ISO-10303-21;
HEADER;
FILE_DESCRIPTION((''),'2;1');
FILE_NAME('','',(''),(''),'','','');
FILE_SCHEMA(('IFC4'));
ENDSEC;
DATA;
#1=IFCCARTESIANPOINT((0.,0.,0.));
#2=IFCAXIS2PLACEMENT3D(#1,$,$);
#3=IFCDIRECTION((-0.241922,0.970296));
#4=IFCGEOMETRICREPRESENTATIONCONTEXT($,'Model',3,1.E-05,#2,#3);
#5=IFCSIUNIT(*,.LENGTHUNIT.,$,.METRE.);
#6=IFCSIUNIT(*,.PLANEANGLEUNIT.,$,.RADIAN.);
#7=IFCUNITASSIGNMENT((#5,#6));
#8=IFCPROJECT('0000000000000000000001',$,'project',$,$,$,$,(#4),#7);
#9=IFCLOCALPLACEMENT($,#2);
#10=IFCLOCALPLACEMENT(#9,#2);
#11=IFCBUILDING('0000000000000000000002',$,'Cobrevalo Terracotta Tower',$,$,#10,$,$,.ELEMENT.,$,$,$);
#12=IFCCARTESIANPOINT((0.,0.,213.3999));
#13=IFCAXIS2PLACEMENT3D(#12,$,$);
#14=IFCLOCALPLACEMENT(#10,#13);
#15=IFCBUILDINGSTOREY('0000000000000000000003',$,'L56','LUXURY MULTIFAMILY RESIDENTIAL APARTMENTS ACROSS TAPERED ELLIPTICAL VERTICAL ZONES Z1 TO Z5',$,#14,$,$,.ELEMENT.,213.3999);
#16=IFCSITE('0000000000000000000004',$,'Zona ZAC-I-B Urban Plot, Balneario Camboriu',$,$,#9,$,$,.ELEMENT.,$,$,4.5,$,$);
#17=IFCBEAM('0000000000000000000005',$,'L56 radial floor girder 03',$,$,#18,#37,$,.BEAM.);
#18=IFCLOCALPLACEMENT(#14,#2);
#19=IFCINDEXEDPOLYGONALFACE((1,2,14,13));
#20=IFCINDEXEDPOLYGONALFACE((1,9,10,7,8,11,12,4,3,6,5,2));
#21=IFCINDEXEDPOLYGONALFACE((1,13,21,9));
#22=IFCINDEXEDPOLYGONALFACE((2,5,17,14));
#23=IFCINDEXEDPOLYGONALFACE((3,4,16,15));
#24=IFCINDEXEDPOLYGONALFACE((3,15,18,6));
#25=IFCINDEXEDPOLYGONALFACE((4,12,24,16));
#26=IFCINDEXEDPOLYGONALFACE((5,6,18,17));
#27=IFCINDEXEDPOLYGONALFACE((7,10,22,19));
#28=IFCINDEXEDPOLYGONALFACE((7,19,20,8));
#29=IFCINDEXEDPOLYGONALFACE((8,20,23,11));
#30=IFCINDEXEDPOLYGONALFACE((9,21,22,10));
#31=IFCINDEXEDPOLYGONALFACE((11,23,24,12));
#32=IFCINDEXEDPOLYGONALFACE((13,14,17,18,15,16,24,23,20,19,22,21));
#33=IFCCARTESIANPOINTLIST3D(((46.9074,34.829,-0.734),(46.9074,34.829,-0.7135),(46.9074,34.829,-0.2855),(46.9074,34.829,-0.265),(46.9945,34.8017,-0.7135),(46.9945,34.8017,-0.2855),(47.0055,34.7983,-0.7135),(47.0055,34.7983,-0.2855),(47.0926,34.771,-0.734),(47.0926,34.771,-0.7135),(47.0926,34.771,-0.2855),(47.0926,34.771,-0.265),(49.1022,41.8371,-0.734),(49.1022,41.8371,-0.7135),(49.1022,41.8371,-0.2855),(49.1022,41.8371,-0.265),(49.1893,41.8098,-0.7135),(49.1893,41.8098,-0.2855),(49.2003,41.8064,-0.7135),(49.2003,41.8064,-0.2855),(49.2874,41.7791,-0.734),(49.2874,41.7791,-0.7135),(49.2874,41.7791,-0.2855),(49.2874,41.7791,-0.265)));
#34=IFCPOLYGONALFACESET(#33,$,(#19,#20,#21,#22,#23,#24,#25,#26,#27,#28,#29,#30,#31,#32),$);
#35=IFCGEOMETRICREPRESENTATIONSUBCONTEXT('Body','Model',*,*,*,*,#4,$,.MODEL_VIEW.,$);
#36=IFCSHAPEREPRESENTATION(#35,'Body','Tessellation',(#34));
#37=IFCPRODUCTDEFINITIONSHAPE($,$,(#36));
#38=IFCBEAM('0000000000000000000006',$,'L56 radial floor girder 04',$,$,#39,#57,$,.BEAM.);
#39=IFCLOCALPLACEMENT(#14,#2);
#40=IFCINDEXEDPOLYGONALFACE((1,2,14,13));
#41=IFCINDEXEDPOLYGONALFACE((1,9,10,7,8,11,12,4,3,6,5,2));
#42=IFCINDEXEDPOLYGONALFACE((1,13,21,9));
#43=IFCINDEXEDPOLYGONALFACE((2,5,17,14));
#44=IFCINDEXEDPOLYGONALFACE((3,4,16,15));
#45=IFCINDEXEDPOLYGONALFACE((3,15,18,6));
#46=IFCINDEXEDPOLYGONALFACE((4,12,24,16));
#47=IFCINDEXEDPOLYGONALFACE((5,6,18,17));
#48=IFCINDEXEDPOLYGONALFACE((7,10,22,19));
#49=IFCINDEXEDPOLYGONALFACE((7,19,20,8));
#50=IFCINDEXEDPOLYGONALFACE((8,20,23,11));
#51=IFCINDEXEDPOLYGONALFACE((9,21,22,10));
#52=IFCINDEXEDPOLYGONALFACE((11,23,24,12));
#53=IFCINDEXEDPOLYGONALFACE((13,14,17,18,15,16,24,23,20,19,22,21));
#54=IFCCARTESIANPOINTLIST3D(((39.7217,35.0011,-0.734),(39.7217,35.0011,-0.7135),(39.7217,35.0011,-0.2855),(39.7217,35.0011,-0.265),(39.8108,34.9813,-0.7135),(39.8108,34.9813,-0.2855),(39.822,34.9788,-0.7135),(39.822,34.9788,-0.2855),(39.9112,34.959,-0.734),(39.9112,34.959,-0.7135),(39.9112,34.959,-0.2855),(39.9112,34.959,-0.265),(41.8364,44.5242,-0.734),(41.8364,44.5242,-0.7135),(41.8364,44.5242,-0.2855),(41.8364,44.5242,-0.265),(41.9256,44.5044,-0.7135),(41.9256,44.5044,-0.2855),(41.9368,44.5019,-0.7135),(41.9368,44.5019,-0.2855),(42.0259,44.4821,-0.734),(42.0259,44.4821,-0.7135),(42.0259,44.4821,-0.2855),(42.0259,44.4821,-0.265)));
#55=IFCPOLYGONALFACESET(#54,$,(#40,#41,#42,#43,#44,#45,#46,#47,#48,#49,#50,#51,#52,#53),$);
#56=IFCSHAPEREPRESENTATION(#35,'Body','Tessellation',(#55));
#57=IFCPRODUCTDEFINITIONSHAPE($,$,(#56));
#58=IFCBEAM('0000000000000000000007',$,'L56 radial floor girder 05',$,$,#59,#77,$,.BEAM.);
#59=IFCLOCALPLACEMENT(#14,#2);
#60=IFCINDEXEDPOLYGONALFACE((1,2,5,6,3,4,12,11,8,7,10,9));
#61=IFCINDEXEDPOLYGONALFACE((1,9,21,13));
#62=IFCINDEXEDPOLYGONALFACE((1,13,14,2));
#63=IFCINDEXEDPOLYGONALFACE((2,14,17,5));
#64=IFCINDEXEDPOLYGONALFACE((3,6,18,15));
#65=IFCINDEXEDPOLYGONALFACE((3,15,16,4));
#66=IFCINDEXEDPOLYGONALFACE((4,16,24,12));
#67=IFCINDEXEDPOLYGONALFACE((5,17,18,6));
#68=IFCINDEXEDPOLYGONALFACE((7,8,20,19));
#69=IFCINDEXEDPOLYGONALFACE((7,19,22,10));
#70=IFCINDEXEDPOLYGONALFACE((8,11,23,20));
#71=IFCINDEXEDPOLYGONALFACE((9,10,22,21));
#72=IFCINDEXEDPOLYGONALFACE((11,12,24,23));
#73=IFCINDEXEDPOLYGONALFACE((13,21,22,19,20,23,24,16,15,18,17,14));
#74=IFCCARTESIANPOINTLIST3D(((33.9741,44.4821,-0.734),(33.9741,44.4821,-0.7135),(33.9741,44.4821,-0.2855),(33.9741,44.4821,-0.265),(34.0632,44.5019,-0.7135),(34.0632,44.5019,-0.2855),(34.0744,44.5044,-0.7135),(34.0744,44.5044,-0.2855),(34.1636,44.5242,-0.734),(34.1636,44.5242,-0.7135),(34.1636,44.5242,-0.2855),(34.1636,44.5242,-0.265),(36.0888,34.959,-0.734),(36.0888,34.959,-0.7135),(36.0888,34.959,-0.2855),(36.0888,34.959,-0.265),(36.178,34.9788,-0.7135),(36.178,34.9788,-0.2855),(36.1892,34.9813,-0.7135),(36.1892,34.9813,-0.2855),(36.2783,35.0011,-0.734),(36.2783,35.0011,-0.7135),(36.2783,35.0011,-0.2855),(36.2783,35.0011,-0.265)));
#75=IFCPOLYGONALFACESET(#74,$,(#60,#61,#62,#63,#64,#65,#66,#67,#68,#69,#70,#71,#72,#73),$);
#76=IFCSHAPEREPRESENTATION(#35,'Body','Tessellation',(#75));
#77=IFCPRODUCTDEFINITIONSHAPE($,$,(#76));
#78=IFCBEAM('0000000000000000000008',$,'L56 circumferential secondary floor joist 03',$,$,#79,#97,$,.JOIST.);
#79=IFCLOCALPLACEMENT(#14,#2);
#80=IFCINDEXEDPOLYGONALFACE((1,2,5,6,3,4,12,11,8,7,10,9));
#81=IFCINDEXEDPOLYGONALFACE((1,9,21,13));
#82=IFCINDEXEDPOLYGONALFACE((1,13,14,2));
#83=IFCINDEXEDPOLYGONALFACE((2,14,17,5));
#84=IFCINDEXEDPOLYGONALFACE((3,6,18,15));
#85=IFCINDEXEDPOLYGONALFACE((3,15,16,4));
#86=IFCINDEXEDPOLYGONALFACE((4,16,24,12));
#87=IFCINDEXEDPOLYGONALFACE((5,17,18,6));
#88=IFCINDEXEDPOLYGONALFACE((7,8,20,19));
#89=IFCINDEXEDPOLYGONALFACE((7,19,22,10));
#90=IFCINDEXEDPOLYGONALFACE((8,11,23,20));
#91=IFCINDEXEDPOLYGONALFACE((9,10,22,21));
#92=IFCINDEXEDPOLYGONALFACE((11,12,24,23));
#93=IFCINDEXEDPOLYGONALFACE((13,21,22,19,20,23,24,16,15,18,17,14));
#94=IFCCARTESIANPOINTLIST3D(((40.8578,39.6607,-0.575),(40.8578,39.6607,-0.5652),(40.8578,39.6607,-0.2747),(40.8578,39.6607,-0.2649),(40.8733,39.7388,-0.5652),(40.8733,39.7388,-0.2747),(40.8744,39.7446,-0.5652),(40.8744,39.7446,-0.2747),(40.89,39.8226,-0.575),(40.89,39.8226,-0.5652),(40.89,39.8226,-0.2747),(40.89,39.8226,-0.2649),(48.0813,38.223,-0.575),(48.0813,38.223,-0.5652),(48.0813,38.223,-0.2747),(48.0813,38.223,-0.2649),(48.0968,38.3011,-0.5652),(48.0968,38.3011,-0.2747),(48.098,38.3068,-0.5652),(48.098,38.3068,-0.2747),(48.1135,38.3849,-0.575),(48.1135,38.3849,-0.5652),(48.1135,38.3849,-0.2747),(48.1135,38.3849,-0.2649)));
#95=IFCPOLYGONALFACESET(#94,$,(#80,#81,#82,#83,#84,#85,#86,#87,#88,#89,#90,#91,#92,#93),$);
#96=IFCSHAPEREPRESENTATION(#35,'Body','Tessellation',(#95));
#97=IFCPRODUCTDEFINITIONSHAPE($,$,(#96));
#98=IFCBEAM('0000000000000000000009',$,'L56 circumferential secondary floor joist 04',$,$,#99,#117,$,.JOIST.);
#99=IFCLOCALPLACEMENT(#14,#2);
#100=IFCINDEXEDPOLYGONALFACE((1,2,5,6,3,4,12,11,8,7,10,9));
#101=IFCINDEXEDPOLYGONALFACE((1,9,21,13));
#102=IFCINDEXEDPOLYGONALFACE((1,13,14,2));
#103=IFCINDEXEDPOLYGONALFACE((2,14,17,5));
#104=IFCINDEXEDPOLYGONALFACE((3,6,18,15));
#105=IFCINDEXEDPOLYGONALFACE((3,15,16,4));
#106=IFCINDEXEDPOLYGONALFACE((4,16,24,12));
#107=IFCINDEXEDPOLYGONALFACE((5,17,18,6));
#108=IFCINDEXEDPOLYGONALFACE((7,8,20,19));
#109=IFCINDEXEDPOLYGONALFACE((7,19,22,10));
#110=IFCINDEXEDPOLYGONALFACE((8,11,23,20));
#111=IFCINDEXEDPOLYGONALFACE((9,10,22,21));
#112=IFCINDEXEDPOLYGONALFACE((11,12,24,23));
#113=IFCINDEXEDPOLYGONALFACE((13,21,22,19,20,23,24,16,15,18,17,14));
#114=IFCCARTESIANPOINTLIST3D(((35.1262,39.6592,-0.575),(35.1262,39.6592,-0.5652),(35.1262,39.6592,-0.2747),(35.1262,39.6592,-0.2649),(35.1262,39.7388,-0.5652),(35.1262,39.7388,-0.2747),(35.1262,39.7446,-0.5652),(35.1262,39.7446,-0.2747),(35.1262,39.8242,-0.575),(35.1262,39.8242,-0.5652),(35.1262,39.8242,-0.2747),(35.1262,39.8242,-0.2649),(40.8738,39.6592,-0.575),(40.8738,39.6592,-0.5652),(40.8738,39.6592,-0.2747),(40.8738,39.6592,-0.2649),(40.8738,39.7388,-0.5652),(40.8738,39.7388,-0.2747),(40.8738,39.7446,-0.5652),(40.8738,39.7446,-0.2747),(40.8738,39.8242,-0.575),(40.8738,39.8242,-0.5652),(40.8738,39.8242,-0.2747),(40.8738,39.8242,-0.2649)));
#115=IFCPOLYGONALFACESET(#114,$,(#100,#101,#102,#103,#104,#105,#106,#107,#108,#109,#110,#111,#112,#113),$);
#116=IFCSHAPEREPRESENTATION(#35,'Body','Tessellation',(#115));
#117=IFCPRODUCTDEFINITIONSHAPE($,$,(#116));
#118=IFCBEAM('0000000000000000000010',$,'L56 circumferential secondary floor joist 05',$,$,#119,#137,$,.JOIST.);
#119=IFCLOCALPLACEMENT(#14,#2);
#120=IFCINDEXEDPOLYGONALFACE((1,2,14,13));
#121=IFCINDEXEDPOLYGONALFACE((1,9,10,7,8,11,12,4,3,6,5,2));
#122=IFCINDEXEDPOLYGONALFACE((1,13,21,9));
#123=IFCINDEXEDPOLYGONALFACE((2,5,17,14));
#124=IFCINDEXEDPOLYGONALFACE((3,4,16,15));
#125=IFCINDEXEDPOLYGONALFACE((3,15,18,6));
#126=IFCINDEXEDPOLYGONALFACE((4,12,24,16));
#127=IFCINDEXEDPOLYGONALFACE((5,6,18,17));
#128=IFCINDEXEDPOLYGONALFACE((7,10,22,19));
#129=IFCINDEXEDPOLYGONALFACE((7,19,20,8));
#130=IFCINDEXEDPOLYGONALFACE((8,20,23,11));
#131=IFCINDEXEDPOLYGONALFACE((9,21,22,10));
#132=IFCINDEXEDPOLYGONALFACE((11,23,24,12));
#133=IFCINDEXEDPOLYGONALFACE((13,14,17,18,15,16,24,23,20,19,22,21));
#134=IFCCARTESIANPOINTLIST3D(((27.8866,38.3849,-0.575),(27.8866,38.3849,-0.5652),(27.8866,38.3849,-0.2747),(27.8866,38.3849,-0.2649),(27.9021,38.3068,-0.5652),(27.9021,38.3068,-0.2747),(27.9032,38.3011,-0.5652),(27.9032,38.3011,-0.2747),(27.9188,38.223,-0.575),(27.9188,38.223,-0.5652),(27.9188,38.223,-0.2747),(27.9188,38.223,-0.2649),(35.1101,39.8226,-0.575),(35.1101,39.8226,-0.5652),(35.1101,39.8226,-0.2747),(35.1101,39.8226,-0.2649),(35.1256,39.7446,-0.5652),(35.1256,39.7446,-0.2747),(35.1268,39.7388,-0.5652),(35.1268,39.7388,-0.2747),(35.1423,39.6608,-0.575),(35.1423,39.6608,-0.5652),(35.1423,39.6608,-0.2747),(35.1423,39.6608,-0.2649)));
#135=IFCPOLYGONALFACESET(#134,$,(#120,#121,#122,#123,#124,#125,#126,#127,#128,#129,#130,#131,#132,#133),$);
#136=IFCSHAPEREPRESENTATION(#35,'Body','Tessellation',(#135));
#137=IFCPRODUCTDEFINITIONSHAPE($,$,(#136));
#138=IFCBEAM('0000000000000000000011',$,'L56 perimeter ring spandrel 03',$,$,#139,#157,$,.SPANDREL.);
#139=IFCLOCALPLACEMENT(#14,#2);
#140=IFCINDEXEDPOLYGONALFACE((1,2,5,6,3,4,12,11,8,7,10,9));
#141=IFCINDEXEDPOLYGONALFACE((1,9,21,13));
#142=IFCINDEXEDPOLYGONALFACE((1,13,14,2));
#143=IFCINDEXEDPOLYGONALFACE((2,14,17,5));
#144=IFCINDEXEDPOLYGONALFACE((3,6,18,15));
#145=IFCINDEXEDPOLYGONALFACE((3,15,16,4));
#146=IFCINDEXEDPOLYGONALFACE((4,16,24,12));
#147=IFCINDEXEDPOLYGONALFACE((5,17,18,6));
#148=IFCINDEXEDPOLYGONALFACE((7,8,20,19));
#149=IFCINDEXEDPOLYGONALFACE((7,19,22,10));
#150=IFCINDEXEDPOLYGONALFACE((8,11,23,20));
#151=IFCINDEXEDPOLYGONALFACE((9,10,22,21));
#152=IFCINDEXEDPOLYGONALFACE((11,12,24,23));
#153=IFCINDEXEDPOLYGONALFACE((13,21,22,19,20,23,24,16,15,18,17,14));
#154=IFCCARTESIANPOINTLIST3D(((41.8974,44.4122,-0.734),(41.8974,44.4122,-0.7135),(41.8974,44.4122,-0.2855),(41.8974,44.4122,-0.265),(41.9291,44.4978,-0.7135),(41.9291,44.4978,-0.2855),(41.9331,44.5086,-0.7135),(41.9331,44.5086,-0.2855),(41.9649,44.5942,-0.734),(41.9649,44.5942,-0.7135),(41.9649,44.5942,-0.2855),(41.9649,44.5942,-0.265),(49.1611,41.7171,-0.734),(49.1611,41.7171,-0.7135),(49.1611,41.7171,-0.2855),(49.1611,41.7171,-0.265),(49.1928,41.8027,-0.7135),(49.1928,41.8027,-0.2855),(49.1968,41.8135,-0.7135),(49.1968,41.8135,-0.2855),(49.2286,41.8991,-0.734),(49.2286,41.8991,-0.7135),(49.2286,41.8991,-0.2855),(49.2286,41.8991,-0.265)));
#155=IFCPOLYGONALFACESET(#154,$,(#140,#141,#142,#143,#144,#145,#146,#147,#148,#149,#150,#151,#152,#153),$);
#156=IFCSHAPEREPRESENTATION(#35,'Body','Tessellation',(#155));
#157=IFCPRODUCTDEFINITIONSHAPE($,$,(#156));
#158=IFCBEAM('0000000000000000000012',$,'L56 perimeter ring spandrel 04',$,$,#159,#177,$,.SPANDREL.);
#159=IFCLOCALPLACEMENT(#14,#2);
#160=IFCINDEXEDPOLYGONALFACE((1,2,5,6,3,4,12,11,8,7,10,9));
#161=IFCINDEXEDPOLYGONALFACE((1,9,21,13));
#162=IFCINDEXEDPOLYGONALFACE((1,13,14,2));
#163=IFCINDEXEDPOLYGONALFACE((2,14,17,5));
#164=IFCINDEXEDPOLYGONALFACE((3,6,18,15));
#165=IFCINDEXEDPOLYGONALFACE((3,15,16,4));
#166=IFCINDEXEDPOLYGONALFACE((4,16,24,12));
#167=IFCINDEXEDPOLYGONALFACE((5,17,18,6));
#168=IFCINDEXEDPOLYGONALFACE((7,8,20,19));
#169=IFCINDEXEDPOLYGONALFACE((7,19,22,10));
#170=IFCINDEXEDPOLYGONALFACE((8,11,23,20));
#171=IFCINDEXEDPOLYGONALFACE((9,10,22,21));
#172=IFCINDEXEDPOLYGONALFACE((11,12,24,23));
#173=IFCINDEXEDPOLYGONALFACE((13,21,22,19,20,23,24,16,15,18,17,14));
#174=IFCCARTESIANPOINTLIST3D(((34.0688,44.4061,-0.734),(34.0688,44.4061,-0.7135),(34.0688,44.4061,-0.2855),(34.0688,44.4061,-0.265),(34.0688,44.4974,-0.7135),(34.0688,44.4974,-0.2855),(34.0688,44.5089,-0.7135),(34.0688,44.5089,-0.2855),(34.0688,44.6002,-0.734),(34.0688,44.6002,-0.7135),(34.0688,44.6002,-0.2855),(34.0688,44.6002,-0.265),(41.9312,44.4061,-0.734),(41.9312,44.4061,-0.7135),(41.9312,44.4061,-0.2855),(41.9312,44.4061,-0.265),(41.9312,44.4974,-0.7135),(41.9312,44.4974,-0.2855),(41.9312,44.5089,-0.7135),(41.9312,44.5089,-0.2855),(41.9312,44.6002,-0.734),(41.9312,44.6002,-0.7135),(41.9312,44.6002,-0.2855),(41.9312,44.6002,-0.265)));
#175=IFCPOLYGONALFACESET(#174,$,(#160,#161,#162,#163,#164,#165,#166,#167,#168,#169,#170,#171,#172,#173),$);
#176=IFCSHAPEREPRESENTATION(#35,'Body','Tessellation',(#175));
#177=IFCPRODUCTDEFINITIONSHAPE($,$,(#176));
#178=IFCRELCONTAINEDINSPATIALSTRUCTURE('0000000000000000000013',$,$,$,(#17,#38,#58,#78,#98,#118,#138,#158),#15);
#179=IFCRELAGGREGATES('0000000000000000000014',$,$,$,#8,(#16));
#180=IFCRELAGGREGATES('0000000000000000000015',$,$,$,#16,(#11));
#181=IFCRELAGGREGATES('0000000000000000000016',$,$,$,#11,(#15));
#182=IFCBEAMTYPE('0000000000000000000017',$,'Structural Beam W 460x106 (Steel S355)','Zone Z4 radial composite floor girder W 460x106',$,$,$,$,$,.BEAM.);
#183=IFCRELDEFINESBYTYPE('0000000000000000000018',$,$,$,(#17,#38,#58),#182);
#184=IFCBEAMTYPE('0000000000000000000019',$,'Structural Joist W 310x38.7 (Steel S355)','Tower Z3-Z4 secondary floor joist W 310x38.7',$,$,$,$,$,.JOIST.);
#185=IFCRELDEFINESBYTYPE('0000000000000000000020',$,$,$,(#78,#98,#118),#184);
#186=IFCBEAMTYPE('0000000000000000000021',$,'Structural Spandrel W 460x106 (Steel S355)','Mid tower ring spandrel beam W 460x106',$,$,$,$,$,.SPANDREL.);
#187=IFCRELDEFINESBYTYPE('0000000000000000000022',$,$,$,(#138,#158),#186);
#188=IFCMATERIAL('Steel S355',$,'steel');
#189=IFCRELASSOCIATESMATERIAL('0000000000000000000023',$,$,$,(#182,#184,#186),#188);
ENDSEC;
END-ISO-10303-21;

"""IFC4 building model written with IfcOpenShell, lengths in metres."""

from ifc_helpers import new_model, si_unit, direction, frame, origin, origin_2d, place, context, subcontext, project, spatial, i_section, extrude, material, material_profile, profile_set, type_object, element, save


model = new_model("IFC4")

# Units and contexts
model_context = context("Model", 3, precision=1e-05, world=origin(), true_north=direction((-0.241922, 0.970296)))
body_context = subcontext(model_context, "Body", "Model", "MODEL_VIEW")
ifc_project = project(units=[si_unit("LENGTHUNIT", "METRE"), si_unit("PLANEANGLEUNIT", "RADIAN")], contexts=[model_context])

# Site, building, storey
site_placement = place(None, origin())
site = spatial("IfcSite", under=ifc_project, at=site_placement, Name="Zona ZAC-I-B Urban Plot, Balneario Camboriu", CompositionType="ELEMENT", RefElevation=4.5)
building_placement = place(site_placement, origin())
building = spatial("IfcBuilding", under=site, at=building_placement, Name="Cobrevalo Terracotta Tower", CompositionType="ELEMENT")
storey_placement = place(building_placement, frame((0.0, 0.0, 213.3999)))
storey = spatial("IfcBuildingStorey", under=building, at=storey_placement, Name="L56", Description="LUXURY MULTIFAMILY RESIDENTIAL APARTMENTS ACROSS TAPERED ELLIPTICAL VERTICAL ZONES Z1 TO Z5", CompositionType="ELEMENT", Elevation=213.3999)

# Shared definitions
ifc_material_1 = material(Name="Steel S355", Category="steel")

# Beams
ifc_material_profile_1 = material_profile(ifc_material_1, i_section(OverallWidth=0.1941, OverallDepth=0.469, WebThickness=0.0115, FlangeThickness=0.0205, at=origin_2d()), Name="W 460x106")
ifc_profile_set_1 = profile_set([ifc_material_profile_1], Name="Steel S355")
beam_type_1 = type_object("IfcBeamType", Name="Structural Beam W 460x106 (Steel S355)", Description="Zone Z4 radial composite floor girder W 460x106", PredefinedType="BEAM", material=ifc_profile_set_1)
beam_1_placement = place(storey_placement, frame((49.1948, 41.8081, -0.4995), z_axis=(-0.298871, -0.954293, 0.0), x_axis=(0.954293, -0.298871, 0.0)))
element("IfcBeam", 1, at=beam_1_placement, inside=storey, type_object=beam_type_1, Name="L56 radial floor girder 03", PredefinedType="BEAM", context=body_context, shape_type="SweptSolid", body=[
    extrude(i_section(OverallWidth=0.1941, OverallDepth=0.469, WebThickness=0.0115, FlangeThickness=0.0205, at=origin_2d()), origin(), (0.0, 0.0, 1.0), 7.3438),
])
for number, where, z_axis, x_axis, name in (
    (2, (41.9312, 44.5032, -0.4995), (-0.216782, -0.97622, 0.0), (0.97622, -0.216782, 0.0), "L56 radial floor girder 04"),
    (3, (34.0688, 44.5032, -0.4995), (0.216782, -0.97622, 0.0), (0.97622, 0.216782, 0.0), "L56 radial floor girder 05"),
):
    element("IfcBeam", number, at=place(storey_placement, frame(where, z_axis=z_axis, x_axis=x_axis)), inside=storey, type_object=beam_type_1, Name=name, PredefinedType="BEAM", context=body_context, shape_type="SweptSolid", body=[
        extrude(i_section(OverallWidth=0.1941, OverallDepth=0.469, WebThickness=0.0115, FlangeThickness=0.0205, at=origin_2d()), origin(), (0.0, 0.0, 1.0), 9.7551),
    ])
ifc_material_profile_2 = material_profile(ifc_material_1, i_section(OverallWidth=0.165, OverallDepth=0.3101, WebThickness=0.0059, FlangeThickness=0.0098, at=origin_2d()), Name="W 310x38.7")
ifc_profile_set_2 = profile_set([ifc_material_profile_2], Name="Steel S355")
beam_type_2 = type_object("IfcBeamType", Name="Structural Joist W 310x38.7 (Steel S355)", Description="Tower Z3-Z4 secondary floor joist W 310x38.7", PredefinedType="JOIST", material=ifc_profile_set_2)
beam_2_placement = place(storey_placement, frame((48.0974, 38.304, -0.4199), z_axis=(-0.980763, 0.195204, 0.0), x_axis=(-0.195204, -0.980763, 0.0)))
element("IfcBeam", 4, at=beam_2_placement, inside=storey, type_object=beam_type_2, Name="L56 circumferential secondary floor joist 03", PredefinedType="JOIST", context=body_context, shape_type="SweptSolid", body=[
    extrude(i_section(OverallWidth=0.165, OverallDepth=0.3101, WebThickness=0.0059, FlangeThickness=0.0098, at=origin_2d()), origin(), (0.0, 0.0, 1.0), 7.3652),
])
beam_3_placement = place(storey_placement, frame((40.8738, 39.7417, -0.4199), z_axis=(-1.0, 0.0, 0.0), x_axis=(0.0, -1.0, 0.0)))
element("IfcBeam", 5, at=beam_3_placement, inside=storey, type_object=beam_type_2, Name="L56 circumferential secondary floor joist 04", PredefinedType="JOIST", context=body_context, shape_type="SweptSolid", body=[
    extrude(i_section(OverallWidth=0.165, OverallDepth=0.3101, WebThickness=0.0059, FlangeThickness=0.0098, at=origin_2d()), origin(), (0.0, 0.0, 1.0), 5.7476),
])
beam_4_placement = place(storey_placement, frame((35.1262, 39.7417, -0.4199), z_axis=(-0.980763, -0.195204, 0.0), x_axis=(0.195204, -0.980763, 0.0)))
element("IfcBeam", 6, at=beam_4_placement, inside=storey, type_object=beam_type_2, Name="L56 circumferential secondary floor joist 05", PredefinedType="JOIST", context=body_context, shape_type="SweptSolid", body=[
    extrude(i_section(OverallWidth=0.165, OverallDepth=0.3101, WebThickness=0.0059, FlangeThickness=0.0098, at=origin_2d()), origin(), (0.0, 0.0, 1.0), 7.3652),
])
ifc_material_profile_3 = material_profile(ifc_material_1, i_section(OverallWidth=0.1941, OverallDepth=0.469, WebThickness=0.0115, FlangeThickness=0.0205, at=origin_2d()), Name="W 460x106")
ifc_profile_set_3 = profile_set([ifc_material_profile_3], Name="Steel S355")
beam_type_3 = type_object("IfcBeamType", Name="Structural Spandrel W 460x106 (Steel S355)", Description="Mid tower ring spandrel beam W 460x106", PredefinedType="SPANDREL", material=ifc_profile_set_3)
beam_5_placement = place(storey_placement, frame((49.1948, 41.8081, -0.4995), z_axis=(-0.937546, 0.347861, 0.0), x_axis=(-0.347861, -0.937546, 0.0)))
element("IfcBeam", 7, at=beam_5_placement, inside=storey, type_object=beam_type_3, Name="L56 perimeter ring spandrel 03", PredefinedType="SPANDREL", context=body_context, shape_type="SweptSolid", body=[
    extrude(i_section(OverallWidth=0.1941, OverallDepth=0.469, WebThickness=0.0115, FlangeThickness=0.0205, at=origin_2d()), origin(), (0.0, 0.0, 1.0), 7.7476),
])
beam_6_placement = place(storey_placement, frame((41.9312, 44.5032, -0.4995), z_axis=(-1.0, 0.0, 0.0), x_axis=(0.0, -1.0, 0.0)))
element("IfcBeam", 8, at=beam_6_placement, inside=storey, type_object=beam_type_3, Name="L56 perimeter ring spandrel 04", PredefinedType="SPANDREL", context=body_context, shape_type="SweptSolid", body=[
    extrude(i_section(OverallWidth=0.1941, OverallDepth=0.469, WebThickness=0.0115, FlangeThickness=0.0205, at=origin_2d()), origin(), (0.0, 0.0, 1.0), 7.8623),
])

save(model, "model.ifc")
